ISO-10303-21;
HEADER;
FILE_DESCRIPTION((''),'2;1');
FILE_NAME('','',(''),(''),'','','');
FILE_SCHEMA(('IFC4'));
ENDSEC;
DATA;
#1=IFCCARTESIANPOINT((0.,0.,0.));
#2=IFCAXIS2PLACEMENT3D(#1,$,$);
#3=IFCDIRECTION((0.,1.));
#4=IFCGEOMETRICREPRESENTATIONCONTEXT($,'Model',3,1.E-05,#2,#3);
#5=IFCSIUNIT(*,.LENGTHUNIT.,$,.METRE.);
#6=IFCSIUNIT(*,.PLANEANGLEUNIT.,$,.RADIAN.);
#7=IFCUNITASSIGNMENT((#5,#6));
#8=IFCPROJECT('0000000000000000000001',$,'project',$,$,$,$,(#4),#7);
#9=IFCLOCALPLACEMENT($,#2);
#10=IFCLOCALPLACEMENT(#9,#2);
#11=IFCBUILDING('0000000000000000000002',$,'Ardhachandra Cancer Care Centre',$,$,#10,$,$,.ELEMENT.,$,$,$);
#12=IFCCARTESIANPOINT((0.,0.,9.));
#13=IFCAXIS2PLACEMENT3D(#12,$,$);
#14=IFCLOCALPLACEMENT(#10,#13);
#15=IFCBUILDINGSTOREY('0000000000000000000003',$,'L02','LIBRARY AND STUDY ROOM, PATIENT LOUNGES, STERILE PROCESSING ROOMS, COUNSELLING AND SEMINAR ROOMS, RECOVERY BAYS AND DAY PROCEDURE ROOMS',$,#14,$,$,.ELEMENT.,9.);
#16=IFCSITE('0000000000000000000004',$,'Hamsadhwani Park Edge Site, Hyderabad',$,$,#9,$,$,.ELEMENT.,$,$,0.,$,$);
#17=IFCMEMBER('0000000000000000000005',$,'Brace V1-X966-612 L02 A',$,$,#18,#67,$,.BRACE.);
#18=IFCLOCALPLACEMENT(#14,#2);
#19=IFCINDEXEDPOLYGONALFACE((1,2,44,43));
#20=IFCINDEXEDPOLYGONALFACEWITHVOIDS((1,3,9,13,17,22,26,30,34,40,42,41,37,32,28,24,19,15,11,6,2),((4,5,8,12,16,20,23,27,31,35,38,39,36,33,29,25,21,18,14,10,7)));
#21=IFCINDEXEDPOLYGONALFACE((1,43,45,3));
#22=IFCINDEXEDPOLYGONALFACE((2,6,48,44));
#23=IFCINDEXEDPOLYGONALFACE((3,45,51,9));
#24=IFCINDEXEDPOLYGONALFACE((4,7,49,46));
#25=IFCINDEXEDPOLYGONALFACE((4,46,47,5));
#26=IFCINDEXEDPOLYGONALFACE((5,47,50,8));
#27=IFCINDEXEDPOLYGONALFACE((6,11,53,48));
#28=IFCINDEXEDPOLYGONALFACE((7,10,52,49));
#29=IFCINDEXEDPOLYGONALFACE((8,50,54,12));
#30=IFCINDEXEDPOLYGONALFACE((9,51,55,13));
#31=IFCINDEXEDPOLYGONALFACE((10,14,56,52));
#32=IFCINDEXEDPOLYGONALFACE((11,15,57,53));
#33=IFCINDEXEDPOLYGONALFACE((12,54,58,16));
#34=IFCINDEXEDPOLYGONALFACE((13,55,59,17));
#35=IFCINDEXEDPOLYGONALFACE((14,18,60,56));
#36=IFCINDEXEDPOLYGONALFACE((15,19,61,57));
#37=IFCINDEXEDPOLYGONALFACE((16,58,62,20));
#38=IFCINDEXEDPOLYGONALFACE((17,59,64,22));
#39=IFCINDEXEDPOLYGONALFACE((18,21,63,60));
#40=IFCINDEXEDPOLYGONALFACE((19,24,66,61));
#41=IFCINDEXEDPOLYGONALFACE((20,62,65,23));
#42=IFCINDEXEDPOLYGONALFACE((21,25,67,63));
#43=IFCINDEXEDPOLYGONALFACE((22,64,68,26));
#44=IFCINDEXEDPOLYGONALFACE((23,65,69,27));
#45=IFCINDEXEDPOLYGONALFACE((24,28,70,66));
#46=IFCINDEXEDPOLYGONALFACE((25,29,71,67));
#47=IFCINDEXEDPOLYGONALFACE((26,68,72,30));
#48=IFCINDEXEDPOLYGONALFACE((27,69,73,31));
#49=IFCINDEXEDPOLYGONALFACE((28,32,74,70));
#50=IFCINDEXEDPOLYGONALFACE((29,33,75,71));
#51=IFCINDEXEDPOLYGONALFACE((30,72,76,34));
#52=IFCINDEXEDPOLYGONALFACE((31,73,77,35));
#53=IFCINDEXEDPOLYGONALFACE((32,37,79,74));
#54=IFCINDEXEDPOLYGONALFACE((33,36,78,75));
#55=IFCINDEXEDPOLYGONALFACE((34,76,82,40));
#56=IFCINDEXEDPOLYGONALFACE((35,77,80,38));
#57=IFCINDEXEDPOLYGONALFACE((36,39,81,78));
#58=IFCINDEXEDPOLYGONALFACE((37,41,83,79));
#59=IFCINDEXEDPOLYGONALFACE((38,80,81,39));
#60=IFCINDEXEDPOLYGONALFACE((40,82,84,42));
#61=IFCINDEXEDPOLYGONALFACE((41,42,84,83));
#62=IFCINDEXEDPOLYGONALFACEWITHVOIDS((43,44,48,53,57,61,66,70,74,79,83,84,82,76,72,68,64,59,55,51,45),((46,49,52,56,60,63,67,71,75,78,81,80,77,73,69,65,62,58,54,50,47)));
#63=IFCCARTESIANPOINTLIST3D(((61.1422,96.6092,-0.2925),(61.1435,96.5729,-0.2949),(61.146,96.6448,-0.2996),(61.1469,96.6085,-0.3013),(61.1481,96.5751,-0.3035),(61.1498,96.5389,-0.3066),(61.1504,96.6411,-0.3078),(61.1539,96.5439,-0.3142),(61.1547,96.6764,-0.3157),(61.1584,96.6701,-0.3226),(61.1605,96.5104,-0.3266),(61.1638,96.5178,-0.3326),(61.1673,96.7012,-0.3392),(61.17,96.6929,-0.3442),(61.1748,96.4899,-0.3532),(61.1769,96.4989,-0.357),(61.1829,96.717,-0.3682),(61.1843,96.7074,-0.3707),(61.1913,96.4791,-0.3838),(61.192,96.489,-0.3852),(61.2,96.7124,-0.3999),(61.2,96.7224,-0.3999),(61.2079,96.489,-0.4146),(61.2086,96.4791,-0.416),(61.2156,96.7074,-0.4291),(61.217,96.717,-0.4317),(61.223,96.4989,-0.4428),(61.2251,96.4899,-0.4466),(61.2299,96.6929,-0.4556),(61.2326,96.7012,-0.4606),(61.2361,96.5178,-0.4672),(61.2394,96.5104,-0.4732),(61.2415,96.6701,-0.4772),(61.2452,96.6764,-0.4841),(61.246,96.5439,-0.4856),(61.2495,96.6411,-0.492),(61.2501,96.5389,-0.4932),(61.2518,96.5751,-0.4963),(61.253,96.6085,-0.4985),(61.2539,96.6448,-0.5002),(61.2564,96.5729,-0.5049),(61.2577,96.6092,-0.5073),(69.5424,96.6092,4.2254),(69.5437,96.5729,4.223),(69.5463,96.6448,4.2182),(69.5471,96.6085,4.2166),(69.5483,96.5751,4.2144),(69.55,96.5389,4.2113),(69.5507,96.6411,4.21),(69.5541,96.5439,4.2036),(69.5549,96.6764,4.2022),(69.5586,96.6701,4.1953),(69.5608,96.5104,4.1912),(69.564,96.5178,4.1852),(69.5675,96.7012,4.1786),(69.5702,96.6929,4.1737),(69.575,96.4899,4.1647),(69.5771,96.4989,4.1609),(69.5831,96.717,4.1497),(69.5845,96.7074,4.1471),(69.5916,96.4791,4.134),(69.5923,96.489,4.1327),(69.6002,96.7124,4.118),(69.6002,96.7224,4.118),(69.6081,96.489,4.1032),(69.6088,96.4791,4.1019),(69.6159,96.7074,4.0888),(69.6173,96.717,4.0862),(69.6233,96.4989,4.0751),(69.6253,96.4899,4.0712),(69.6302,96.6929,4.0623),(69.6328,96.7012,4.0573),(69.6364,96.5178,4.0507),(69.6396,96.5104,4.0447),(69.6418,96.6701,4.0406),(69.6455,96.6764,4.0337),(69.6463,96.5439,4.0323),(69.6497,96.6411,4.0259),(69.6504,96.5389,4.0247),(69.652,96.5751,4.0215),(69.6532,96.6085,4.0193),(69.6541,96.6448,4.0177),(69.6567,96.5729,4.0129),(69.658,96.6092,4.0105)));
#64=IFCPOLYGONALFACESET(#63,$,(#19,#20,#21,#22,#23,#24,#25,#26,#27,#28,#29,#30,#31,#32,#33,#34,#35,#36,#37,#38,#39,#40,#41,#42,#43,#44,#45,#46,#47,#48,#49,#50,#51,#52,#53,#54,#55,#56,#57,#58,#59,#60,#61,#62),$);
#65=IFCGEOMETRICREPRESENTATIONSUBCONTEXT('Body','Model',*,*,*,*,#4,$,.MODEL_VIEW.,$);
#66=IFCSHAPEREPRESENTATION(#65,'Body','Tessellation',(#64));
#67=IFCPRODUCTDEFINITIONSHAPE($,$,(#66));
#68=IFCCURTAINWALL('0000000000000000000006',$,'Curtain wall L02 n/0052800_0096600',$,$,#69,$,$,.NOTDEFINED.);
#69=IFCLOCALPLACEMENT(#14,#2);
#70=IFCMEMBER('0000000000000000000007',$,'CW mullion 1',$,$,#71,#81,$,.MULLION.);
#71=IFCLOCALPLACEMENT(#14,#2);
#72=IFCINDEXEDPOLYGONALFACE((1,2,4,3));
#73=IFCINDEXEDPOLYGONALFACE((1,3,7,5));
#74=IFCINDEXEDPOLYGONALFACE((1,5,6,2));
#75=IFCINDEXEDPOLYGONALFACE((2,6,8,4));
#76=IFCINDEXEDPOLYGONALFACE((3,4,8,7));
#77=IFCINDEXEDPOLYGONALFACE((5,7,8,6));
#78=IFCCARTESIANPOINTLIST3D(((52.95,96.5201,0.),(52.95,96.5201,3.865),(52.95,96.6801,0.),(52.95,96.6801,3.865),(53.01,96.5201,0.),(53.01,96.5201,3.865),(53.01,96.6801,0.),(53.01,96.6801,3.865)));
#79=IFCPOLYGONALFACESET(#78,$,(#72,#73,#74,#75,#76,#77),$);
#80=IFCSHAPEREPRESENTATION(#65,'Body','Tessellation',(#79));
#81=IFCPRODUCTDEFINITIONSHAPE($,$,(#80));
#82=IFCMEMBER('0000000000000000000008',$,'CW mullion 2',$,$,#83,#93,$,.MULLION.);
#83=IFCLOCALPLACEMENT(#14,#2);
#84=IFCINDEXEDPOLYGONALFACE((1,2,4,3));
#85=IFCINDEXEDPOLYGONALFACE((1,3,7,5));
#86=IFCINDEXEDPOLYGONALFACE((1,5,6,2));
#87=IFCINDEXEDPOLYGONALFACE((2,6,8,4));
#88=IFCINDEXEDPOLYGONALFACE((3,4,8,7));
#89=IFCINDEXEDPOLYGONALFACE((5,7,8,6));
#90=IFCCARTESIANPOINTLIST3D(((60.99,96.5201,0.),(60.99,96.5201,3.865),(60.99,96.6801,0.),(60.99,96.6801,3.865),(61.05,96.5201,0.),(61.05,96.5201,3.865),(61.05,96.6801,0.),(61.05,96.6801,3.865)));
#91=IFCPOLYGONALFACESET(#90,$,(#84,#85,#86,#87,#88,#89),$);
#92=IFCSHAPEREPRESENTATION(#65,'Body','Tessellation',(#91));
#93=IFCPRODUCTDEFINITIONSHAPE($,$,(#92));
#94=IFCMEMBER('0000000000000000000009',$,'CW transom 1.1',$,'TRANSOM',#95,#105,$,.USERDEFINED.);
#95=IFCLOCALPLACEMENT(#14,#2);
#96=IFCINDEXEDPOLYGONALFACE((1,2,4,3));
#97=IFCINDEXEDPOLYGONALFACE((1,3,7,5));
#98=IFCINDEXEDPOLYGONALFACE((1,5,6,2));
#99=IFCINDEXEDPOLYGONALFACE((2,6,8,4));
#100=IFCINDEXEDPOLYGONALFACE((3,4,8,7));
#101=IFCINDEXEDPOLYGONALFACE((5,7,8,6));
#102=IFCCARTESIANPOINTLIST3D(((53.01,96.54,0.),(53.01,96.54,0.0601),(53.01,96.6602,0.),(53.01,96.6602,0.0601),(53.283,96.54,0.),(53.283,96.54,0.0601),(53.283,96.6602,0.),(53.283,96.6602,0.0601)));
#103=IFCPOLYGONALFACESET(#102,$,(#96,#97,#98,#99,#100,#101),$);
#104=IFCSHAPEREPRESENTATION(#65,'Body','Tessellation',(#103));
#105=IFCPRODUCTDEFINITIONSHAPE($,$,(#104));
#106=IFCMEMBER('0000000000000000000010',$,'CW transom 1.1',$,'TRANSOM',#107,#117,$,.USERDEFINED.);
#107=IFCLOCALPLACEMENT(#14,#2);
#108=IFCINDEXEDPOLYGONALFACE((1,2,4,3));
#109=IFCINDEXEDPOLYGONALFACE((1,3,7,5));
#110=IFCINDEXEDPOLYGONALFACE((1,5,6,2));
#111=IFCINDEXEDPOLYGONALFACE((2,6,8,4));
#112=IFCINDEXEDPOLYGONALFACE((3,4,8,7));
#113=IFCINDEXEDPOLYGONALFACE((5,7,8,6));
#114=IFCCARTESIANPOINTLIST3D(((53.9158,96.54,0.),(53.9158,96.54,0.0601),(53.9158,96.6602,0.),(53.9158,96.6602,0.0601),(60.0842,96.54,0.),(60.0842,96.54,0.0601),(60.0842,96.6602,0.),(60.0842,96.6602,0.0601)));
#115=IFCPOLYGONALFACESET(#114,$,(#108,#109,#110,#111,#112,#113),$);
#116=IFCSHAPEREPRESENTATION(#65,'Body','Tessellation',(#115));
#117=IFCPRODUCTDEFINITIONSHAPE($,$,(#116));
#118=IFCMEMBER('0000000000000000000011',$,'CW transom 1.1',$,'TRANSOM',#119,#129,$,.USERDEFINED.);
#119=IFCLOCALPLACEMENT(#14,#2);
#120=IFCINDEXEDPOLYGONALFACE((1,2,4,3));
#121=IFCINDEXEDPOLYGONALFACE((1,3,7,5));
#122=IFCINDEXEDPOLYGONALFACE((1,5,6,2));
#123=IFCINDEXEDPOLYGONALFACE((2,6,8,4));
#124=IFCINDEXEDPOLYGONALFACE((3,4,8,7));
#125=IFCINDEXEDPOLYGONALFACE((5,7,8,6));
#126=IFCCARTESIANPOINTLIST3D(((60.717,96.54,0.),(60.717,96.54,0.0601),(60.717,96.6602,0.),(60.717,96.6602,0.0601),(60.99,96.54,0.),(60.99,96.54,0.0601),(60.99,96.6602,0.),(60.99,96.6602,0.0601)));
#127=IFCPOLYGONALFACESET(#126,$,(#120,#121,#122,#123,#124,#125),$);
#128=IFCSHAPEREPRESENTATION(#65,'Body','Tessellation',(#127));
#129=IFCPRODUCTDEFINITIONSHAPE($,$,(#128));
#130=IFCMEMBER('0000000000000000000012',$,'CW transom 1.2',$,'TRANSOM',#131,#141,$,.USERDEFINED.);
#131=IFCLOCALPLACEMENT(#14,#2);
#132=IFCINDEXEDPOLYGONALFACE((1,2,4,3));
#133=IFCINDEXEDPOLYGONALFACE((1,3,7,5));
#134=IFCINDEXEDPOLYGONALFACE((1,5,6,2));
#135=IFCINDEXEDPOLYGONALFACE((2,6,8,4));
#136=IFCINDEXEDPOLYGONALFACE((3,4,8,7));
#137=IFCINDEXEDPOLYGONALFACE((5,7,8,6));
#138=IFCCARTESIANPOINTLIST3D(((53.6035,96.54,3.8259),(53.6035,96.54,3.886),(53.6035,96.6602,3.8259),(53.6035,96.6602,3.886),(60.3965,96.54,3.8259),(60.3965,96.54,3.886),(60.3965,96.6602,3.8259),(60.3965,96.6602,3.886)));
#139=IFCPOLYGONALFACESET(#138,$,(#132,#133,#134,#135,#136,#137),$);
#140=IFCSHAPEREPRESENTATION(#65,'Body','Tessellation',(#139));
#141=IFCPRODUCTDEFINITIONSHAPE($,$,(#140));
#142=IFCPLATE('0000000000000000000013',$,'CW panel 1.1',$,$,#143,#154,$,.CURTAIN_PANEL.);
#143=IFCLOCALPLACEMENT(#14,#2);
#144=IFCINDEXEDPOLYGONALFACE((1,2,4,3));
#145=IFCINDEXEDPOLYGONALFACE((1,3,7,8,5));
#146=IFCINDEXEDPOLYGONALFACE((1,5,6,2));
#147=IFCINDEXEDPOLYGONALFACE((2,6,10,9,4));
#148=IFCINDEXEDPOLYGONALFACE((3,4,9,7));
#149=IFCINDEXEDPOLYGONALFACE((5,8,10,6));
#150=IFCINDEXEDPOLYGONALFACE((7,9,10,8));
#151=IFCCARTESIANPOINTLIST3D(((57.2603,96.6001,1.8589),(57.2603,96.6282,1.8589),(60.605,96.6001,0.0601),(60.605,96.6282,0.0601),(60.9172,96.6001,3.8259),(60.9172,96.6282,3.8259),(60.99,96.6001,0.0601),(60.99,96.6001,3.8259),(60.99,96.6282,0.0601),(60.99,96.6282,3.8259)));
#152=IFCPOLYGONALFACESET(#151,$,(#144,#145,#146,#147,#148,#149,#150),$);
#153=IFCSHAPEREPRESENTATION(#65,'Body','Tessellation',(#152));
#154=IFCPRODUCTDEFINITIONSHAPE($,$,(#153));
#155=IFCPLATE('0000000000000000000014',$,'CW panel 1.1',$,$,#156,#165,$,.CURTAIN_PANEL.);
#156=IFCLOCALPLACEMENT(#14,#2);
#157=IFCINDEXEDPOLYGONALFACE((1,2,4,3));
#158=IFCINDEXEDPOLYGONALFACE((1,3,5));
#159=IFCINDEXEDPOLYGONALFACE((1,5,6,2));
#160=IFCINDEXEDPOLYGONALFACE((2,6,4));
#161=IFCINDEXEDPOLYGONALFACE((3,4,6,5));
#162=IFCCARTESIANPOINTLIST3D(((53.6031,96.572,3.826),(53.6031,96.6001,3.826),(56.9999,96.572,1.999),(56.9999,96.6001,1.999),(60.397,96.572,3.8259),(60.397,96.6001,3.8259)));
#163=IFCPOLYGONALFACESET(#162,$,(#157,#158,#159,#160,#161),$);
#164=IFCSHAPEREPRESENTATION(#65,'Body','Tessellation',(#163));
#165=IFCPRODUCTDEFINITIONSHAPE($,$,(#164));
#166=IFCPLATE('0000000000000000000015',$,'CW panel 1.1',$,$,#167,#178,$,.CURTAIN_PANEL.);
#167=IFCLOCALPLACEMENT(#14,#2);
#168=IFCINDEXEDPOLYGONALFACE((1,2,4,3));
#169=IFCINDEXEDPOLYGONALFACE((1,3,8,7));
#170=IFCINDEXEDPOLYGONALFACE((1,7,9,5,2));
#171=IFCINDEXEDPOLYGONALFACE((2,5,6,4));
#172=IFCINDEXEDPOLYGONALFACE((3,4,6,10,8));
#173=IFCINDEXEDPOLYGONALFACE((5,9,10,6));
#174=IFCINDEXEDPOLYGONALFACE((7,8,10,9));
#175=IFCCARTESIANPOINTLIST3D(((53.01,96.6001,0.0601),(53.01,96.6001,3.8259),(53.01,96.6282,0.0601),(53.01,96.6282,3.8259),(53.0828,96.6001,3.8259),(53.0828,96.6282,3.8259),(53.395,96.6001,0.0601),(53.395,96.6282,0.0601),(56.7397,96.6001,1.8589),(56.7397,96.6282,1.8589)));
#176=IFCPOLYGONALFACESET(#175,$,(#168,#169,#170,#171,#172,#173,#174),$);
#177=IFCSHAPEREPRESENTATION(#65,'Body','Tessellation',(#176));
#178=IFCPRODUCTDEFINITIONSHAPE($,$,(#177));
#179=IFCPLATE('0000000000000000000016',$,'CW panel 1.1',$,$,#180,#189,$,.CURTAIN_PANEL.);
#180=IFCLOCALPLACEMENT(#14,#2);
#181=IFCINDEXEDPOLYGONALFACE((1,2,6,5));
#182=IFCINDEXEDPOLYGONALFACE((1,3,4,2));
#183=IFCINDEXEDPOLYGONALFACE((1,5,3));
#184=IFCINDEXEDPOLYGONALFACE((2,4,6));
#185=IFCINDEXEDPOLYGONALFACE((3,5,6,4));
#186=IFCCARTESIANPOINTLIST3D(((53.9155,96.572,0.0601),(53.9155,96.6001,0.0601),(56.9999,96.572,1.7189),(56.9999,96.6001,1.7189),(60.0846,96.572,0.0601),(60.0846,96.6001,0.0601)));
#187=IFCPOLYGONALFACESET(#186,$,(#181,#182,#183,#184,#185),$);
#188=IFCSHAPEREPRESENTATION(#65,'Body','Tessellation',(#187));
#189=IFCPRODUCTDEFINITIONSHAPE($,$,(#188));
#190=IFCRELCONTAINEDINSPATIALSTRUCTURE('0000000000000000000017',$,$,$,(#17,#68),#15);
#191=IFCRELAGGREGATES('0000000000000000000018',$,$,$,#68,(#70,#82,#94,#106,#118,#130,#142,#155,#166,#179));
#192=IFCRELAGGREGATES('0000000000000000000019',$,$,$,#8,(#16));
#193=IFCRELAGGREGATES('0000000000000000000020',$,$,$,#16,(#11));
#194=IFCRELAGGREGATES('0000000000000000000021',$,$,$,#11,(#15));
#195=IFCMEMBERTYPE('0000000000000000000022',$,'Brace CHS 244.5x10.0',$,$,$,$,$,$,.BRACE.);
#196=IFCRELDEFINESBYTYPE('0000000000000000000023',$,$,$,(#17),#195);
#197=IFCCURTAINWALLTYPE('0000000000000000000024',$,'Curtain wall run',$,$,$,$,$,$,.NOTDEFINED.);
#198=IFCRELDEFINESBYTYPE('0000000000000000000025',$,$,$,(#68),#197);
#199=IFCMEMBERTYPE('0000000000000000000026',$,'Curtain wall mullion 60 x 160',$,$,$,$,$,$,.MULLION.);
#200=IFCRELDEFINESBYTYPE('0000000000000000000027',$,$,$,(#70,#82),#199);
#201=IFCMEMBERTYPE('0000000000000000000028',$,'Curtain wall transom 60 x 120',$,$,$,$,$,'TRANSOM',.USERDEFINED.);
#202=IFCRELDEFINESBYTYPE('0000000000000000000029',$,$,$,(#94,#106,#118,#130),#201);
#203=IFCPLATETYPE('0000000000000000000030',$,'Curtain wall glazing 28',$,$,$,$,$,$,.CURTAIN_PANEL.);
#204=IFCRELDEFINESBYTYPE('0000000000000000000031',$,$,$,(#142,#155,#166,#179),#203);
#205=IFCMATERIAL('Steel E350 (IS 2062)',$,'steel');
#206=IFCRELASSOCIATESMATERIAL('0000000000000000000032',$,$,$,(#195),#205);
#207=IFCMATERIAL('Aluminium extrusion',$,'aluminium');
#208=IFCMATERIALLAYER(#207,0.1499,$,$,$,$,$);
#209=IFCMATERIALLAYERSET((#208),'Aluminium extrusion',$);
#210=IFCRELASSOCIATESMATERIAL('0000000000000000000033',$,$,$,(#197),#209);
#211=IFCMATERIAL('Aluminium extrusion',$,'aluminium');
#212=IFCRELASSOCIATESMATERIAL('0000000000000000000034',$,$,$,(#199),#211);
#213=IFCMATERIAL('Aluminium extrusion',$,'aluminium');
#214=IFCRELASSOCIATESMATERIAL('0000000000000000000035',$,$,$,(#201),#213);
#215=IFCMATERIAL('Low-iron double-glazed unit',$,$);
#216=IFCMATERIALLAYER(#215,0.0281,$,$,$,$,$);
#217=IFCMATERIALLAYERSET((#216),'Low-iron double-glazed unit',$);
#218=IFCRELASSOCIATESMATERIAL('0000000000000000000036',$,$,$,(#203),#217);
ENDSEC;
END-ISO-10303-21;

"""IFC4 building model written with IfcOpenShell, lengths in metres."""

from ifc_helpers import new_model, si_unit, direction, frame, origin, origin_2d, place, context, subcontext, project, spatial, polyline, rectangle, hollow_circle, outline, extrude, material, layer, layer_set, material_profile, profile_set, type_object, element, aggregate, save


model = new_model("IFC4")

# Units and contexts
model_context = context("Model", 3, precision=1e-05, world=origin(), true_north=direction((0.0, 1.0)))
body_context = subcontext(model_context, "Body", "Model", "MODEL_VIEW")
ifc_project = project(units=[si_unit("LENGTHUNIT", "METRE"), si_unit("PLANEANGLEUNIT", "RADIAN")], contexts=[model_context])

# Site, building, storey
site_placement = place(None, origin())
site = spatial("IfcSite", under=ifc_project, at=site_placement, Name="Hamsadhwani Park Edge Site, Hyderabad", CompositionType="ELEMENT", RefElevation=0.0)
building_placement = place(site_placement, origin())
building = spatial("IfcBuilding", under=site, at=building_placement, Name="Ardhachandra Cancer Care Centre", CompositionType="ELEMENT")
storey_placement = place(building_placement, frame((0.0, 0.0, 9.0)))
storey = spatial("IfcBuildingStorey", under=building, at=storey_placement, Name="L02", Description="LIBRARY AND STUDY ROOM, PATIENT LOUNGES, STERILE PROCESSING ROOMS, COUNSELLING AND SEMINAR ROOMS, RECOVERY BAYS AND DAY PROCEDURE ROOMS", CompositionType="ELEMENT", Elevation=9.0)

# Member
ifc_material_1 = material(Name="Steel E350 (IS 2062)", Category="steel")
ifc_material_profile_1 = material_profile(ifc_material_1, hollow_circle(Radius=0.1223, WallThickness=0.01, at=origin_2d()), Name="CHS 244.5x10.0")
ifc_profile_set_1 = profile_set([ifc_material_profile_1], Name="Steel E350 (IS 2062)")
member_type_1 = type_object("IfcMemberType", Name="Brace CHS 244.5x10.0", PredefinedType="BRACE", material=ifc_profile_set_1)
member_1_placement = place(storey_placement, frame((61.2, 96.6001, -0.3999), z_axis=(0.880704, 0.0, 0.473666), x_axis=(0.0, 1.0, 0.0)))
element("IfcMember", 1, at=member_1_placement, inside=storey, type_object=member_type_1, Name="Brace V1-X966-612 L02 A", PredefinedType="BRACE", context=body_context, shape_type="SweptSolid", body=[
    extrude(hollow_circle(Radius=0.1223, WallThickness=0.01, at=origin_2d()), origin(), (0.0, 0.0, 1.0), 9.5381),
])

# Curtain wall, members, plates
ifc_material_2 = material(Name="Aluminium extrusion", Category="aluminium")
ifc_layer_1 = layer(ifc_material_2, 0.1499)
ifc_layer_set_1 = layer_set([ifc_layer_1], Name="Aluminium extrusion")
curtain_wall_type = type_object("IfcCurtainWallType", Name="Curtain wall run", PredefinedType="NOTDEFINED", material=ifc_layer_set_1)
curtain_wall_placement = place(storey_placement, origin())
curtain_wall = element("IfcCurtainWall", 2, at=curtain_wall_placement, inside=storey, type_object=curtain_wall_type, Name="Curtain wall L02 n/0052800_0096600", PredefinedType="NOTDEFINED")
ifc_material_3 = material(Name="Aluminium extrusion", Category="aluminium")
ifc_material_profile_2 = material_profile(ifc_material_3, rectangle(XDim=0.1599, YDim=0.0601, at=origin_2d()), Name="Curtain wall mullion 60 x 160")
ifc_profile_set_2 = profile_set([ifc_material_profile_2], Name="Aluminium extrusion")
member_type_2 = type_object("IfcMemberType", Name="Curtain wall mullion 60 x 160", PredefinedType="MULLION", material=ifc_profile_set_2)
member_2_placement = place(storey_placement, frame((52.98, 96.6001, 0.0), z_axis=(0.0, 0.0, 1.0), x_axis=(0.0, 1.0, 0.0)))
member_2 = element("IfcMember", 3, at=member_2_placement, type_object=member_type_2, Name="CW mullion 1", PredefinedType="MULLION", context=body_context, shape_type="SweptSolid", body=[
    extrude(rectangle(XDim=0.1599, YDim=0.0601, at=origin_2d()), origin(), (0.0, 0.0, 1.0), 3.865),
])
member_3_placement = place(storey_placement, frame((61.02, 96.6001, 0.0), z_axis=(0.0, 0.0, 1.0), x_axis=(0.0, 1.0, 0.0)))
member_3 = element("IfcMember", 4, at=member_3_placement, type_object=member_type_2, Name="CW mullion 2", PredefinedType="MULLION", context=body_context, shape_type="SweptSolid", body=[
    extrude(rectangle(XDim=0.1599, YDim=0.0601, at=origin_2d()), origin(), (0.0, 0.0, 1.0), 3.865),
])
ifc_material_4 = material(Name="Aluminium extrusion", Category="aluminium")
ifc_material_profile_3 = material_profile(ifc_material_4, rectangle(XDim=0.1201, YDim=0.0601, at=origin_2d()), Name="Curtain wall transom 60 x 120")
ifc_profile_set_3 = profile_set([ifc_material_profile_3], Name="Aluminium extrusion")
member_type_3 = type_object("IfcMemberType", Name="Curtain wall transom 60 x 120", ElementType="TRANSOM", PredefinedType="USERDEFINED", material=ifc_profile_set_3)
member_4_placement = place(storey_placement, frame((53.01, 96.6001, 0.03), z_axis=(1.0, 0.0, 0.0), x_axis=(0.0, 1.0, 0.0)))
member_4 = element("IfcMember", 5, at=member_4_placement, type_object=member_type_3, Name="CW transom 1.1", ObjectType="TRANSOM", PredefinedType="USERDEFINED", context=body_context, shape_type="SweptSolid", body=[
    extrude(rectangle(XDim=0.1201, YDim=0.0601, at=origin_2d()), origin(), (0.0, 0.0, 1.0), 0.2729),
])
member_5_placement = place(storey_placement, frame((53.9158, 96.6001, 0.03), z_axis=(1.0, 0.0, 0.0), x_axis=(0.0, 1.0, 0.0)))
member_5 = element("IfcMember", 6, at=member_5_placement, type_object=member_type_3, Name="CW transom 1.1", ObjectType="TRANSOM", PredefinedType="USERDEFINED", context=body_context, shape_type="SweptSolid", body=[
    extrude(rectangle(XDim=0.1201, YDim=0.0601, at=origin_2d()), origin(), (0.0, 0.0, 1.0), 6.1685),
])
member_6_placement = place(storey_placement, frame((60.717, 96.6001, 0.03), z_axis=(1.0, 0.0, 0.0), x_axis=(0.0, 1.0, 0.0)))
member_6 = element("IfcMember", 7, at=member_6_placement, type_object=member_type_3, Name="CW transom 1.1", ObjectType="TRANSOM", PredefinedType="USERDEFINED", context=body_context, shape_type="SweptSolid", body=[
    extrude(rectangle(XDim=0.1201, YDim=0.0601, at=origin_2d()), origin(), (0.0, 0.0, 1.0), 0.2729),
])
member_7_placement = place(storey_placement, frame((53.6035, 96.6001, 3.856), z_axis=(1.0, 0.0, 0.0), x_axis=(0.0, 1.0, 0.0)))
member_7 = element("IfcMember", 8, at=member_7_placement, type_object=member_type_3, Name="CW transom 1.2", ObjectType="TRANSOM", PredefinedType="USERDEFINED", context=body_context, shape_type="SweptSolid", body=[
    extrude(rectangle(XDim=0.1201, YDim=0.0601, at=origin_2d()), origin(), (0.0, 0.0, 1.0), 6.793),
])
ifc_material_5 = material(Name="Low-iron double-glazed unit")
ifc_layer_2 = layer(ifc_material_5, 0.0281)
ifc_layer_set_2 = layer_set([ifc_layer_2], Name="Low-iron double-glazed unit")
plate_type = type_object("IfcPlateType", Name="Curtain wall glazing 28", PredefinedType="CURTAIN_PANEL", material=ifc_layer_set_2)
plate_1_placement = place(storey_placement, frame((60.99, 96.6001, 3.8259), z_axis=(0.0, 1.0, 0.0), x_axis=(0.0, 0.0, -1.0)))
plate_1 = element("IfcPlate", 9, at=plate_1_placement, type_object=plate_type, Name="CW panel 1.1", PredefinedType="CURTAIN_PANEL", context=body_context, shape_type="SweptSolid", body=[
    extrude(outline(polyline([(0.0, 0.0), (3.7659, 0.0), (3.7659, 0.385), (1.967, 3.7297), (0.0, 0.0728), (0.0, 0.0)])), origin(), (0.0, 0.0, 1.0), 0.0281),
])
plate_2_placement = place(storey_placement, frame((60.397, 96.6001, 3.8259), z_axis=(0.0, 1.0, 0.0), x_axis=(-0.880713, 0.0, -0.473651)))
plate_2 = element("IfcPlate", 10, at=plate_2_placement, type_object=plate_type, Name="CW panel 1.1", PredefinedType="CURTAIN_PANEL", context=body_context, shape_type="SweptSolid", body=[
    extrude(outline(polyline([(0.0, 0.0), (3.8572, 0.0), (5.9834, 3.218), (0.0, 0.0)])), frame((0.0, 0.0, -0.0281)), (0.0, 0.0, 1.0), 0.0281),
])
plate_3_placement = place(storey_placement, frame((53.01, 96.6001, 0.0601), z_axis=(0.0, 1.0, 0.0), x_axis=(0.0, 0.0, 1.0)))
plate_3 = element("IfcPlate", 11, at=plate_3_placement, type_object=plate_type, Name="CW panel 1.1", PredefinedType="CURTAIN_PANEL", context=body_context, shape_type="SweptSolid", body=[
    extrude(outline(polyline([(0.0, 0.0), (3.7659, 0.0), (3.7659, 0.0728), (1.7988, 3.7297), (0.0, 0.385), (0.0, 0.0)])), origin(), (0.0, 0.0, 1.0), 0.0281),
])
plate_4_placement = place(storey_placement, frame((53.9155, 96.6001, 0.0601), z_axis=(0.0, 1.0, 0.0), x_axis=(0.880702, 0.0, 0.473672)))
plate_4 = element("IfcPlate", 12, at=plate_4_placement, type_object=plate_type, Name="CW panel 1.1", PredefinedType="CURTAIN_PANEL", context=body_context, shape_type="SweptSolid", body=[
    extrude(outline(polyline([(0.0, 0.0), (3.5022, 0.0), (5.4331, 2.9221), (0.0, 0.0)])), frame((0.0, 0.0, -0.0281)), (0.0, 0.0, 1.0), 0.0281),
])
aggregate(curtain_wall, [member_2, member_3, member_4, member_5, member_6, member_7, plate_1, plate_2, plate_3, plate_4])

save(model, "model.ifc")
